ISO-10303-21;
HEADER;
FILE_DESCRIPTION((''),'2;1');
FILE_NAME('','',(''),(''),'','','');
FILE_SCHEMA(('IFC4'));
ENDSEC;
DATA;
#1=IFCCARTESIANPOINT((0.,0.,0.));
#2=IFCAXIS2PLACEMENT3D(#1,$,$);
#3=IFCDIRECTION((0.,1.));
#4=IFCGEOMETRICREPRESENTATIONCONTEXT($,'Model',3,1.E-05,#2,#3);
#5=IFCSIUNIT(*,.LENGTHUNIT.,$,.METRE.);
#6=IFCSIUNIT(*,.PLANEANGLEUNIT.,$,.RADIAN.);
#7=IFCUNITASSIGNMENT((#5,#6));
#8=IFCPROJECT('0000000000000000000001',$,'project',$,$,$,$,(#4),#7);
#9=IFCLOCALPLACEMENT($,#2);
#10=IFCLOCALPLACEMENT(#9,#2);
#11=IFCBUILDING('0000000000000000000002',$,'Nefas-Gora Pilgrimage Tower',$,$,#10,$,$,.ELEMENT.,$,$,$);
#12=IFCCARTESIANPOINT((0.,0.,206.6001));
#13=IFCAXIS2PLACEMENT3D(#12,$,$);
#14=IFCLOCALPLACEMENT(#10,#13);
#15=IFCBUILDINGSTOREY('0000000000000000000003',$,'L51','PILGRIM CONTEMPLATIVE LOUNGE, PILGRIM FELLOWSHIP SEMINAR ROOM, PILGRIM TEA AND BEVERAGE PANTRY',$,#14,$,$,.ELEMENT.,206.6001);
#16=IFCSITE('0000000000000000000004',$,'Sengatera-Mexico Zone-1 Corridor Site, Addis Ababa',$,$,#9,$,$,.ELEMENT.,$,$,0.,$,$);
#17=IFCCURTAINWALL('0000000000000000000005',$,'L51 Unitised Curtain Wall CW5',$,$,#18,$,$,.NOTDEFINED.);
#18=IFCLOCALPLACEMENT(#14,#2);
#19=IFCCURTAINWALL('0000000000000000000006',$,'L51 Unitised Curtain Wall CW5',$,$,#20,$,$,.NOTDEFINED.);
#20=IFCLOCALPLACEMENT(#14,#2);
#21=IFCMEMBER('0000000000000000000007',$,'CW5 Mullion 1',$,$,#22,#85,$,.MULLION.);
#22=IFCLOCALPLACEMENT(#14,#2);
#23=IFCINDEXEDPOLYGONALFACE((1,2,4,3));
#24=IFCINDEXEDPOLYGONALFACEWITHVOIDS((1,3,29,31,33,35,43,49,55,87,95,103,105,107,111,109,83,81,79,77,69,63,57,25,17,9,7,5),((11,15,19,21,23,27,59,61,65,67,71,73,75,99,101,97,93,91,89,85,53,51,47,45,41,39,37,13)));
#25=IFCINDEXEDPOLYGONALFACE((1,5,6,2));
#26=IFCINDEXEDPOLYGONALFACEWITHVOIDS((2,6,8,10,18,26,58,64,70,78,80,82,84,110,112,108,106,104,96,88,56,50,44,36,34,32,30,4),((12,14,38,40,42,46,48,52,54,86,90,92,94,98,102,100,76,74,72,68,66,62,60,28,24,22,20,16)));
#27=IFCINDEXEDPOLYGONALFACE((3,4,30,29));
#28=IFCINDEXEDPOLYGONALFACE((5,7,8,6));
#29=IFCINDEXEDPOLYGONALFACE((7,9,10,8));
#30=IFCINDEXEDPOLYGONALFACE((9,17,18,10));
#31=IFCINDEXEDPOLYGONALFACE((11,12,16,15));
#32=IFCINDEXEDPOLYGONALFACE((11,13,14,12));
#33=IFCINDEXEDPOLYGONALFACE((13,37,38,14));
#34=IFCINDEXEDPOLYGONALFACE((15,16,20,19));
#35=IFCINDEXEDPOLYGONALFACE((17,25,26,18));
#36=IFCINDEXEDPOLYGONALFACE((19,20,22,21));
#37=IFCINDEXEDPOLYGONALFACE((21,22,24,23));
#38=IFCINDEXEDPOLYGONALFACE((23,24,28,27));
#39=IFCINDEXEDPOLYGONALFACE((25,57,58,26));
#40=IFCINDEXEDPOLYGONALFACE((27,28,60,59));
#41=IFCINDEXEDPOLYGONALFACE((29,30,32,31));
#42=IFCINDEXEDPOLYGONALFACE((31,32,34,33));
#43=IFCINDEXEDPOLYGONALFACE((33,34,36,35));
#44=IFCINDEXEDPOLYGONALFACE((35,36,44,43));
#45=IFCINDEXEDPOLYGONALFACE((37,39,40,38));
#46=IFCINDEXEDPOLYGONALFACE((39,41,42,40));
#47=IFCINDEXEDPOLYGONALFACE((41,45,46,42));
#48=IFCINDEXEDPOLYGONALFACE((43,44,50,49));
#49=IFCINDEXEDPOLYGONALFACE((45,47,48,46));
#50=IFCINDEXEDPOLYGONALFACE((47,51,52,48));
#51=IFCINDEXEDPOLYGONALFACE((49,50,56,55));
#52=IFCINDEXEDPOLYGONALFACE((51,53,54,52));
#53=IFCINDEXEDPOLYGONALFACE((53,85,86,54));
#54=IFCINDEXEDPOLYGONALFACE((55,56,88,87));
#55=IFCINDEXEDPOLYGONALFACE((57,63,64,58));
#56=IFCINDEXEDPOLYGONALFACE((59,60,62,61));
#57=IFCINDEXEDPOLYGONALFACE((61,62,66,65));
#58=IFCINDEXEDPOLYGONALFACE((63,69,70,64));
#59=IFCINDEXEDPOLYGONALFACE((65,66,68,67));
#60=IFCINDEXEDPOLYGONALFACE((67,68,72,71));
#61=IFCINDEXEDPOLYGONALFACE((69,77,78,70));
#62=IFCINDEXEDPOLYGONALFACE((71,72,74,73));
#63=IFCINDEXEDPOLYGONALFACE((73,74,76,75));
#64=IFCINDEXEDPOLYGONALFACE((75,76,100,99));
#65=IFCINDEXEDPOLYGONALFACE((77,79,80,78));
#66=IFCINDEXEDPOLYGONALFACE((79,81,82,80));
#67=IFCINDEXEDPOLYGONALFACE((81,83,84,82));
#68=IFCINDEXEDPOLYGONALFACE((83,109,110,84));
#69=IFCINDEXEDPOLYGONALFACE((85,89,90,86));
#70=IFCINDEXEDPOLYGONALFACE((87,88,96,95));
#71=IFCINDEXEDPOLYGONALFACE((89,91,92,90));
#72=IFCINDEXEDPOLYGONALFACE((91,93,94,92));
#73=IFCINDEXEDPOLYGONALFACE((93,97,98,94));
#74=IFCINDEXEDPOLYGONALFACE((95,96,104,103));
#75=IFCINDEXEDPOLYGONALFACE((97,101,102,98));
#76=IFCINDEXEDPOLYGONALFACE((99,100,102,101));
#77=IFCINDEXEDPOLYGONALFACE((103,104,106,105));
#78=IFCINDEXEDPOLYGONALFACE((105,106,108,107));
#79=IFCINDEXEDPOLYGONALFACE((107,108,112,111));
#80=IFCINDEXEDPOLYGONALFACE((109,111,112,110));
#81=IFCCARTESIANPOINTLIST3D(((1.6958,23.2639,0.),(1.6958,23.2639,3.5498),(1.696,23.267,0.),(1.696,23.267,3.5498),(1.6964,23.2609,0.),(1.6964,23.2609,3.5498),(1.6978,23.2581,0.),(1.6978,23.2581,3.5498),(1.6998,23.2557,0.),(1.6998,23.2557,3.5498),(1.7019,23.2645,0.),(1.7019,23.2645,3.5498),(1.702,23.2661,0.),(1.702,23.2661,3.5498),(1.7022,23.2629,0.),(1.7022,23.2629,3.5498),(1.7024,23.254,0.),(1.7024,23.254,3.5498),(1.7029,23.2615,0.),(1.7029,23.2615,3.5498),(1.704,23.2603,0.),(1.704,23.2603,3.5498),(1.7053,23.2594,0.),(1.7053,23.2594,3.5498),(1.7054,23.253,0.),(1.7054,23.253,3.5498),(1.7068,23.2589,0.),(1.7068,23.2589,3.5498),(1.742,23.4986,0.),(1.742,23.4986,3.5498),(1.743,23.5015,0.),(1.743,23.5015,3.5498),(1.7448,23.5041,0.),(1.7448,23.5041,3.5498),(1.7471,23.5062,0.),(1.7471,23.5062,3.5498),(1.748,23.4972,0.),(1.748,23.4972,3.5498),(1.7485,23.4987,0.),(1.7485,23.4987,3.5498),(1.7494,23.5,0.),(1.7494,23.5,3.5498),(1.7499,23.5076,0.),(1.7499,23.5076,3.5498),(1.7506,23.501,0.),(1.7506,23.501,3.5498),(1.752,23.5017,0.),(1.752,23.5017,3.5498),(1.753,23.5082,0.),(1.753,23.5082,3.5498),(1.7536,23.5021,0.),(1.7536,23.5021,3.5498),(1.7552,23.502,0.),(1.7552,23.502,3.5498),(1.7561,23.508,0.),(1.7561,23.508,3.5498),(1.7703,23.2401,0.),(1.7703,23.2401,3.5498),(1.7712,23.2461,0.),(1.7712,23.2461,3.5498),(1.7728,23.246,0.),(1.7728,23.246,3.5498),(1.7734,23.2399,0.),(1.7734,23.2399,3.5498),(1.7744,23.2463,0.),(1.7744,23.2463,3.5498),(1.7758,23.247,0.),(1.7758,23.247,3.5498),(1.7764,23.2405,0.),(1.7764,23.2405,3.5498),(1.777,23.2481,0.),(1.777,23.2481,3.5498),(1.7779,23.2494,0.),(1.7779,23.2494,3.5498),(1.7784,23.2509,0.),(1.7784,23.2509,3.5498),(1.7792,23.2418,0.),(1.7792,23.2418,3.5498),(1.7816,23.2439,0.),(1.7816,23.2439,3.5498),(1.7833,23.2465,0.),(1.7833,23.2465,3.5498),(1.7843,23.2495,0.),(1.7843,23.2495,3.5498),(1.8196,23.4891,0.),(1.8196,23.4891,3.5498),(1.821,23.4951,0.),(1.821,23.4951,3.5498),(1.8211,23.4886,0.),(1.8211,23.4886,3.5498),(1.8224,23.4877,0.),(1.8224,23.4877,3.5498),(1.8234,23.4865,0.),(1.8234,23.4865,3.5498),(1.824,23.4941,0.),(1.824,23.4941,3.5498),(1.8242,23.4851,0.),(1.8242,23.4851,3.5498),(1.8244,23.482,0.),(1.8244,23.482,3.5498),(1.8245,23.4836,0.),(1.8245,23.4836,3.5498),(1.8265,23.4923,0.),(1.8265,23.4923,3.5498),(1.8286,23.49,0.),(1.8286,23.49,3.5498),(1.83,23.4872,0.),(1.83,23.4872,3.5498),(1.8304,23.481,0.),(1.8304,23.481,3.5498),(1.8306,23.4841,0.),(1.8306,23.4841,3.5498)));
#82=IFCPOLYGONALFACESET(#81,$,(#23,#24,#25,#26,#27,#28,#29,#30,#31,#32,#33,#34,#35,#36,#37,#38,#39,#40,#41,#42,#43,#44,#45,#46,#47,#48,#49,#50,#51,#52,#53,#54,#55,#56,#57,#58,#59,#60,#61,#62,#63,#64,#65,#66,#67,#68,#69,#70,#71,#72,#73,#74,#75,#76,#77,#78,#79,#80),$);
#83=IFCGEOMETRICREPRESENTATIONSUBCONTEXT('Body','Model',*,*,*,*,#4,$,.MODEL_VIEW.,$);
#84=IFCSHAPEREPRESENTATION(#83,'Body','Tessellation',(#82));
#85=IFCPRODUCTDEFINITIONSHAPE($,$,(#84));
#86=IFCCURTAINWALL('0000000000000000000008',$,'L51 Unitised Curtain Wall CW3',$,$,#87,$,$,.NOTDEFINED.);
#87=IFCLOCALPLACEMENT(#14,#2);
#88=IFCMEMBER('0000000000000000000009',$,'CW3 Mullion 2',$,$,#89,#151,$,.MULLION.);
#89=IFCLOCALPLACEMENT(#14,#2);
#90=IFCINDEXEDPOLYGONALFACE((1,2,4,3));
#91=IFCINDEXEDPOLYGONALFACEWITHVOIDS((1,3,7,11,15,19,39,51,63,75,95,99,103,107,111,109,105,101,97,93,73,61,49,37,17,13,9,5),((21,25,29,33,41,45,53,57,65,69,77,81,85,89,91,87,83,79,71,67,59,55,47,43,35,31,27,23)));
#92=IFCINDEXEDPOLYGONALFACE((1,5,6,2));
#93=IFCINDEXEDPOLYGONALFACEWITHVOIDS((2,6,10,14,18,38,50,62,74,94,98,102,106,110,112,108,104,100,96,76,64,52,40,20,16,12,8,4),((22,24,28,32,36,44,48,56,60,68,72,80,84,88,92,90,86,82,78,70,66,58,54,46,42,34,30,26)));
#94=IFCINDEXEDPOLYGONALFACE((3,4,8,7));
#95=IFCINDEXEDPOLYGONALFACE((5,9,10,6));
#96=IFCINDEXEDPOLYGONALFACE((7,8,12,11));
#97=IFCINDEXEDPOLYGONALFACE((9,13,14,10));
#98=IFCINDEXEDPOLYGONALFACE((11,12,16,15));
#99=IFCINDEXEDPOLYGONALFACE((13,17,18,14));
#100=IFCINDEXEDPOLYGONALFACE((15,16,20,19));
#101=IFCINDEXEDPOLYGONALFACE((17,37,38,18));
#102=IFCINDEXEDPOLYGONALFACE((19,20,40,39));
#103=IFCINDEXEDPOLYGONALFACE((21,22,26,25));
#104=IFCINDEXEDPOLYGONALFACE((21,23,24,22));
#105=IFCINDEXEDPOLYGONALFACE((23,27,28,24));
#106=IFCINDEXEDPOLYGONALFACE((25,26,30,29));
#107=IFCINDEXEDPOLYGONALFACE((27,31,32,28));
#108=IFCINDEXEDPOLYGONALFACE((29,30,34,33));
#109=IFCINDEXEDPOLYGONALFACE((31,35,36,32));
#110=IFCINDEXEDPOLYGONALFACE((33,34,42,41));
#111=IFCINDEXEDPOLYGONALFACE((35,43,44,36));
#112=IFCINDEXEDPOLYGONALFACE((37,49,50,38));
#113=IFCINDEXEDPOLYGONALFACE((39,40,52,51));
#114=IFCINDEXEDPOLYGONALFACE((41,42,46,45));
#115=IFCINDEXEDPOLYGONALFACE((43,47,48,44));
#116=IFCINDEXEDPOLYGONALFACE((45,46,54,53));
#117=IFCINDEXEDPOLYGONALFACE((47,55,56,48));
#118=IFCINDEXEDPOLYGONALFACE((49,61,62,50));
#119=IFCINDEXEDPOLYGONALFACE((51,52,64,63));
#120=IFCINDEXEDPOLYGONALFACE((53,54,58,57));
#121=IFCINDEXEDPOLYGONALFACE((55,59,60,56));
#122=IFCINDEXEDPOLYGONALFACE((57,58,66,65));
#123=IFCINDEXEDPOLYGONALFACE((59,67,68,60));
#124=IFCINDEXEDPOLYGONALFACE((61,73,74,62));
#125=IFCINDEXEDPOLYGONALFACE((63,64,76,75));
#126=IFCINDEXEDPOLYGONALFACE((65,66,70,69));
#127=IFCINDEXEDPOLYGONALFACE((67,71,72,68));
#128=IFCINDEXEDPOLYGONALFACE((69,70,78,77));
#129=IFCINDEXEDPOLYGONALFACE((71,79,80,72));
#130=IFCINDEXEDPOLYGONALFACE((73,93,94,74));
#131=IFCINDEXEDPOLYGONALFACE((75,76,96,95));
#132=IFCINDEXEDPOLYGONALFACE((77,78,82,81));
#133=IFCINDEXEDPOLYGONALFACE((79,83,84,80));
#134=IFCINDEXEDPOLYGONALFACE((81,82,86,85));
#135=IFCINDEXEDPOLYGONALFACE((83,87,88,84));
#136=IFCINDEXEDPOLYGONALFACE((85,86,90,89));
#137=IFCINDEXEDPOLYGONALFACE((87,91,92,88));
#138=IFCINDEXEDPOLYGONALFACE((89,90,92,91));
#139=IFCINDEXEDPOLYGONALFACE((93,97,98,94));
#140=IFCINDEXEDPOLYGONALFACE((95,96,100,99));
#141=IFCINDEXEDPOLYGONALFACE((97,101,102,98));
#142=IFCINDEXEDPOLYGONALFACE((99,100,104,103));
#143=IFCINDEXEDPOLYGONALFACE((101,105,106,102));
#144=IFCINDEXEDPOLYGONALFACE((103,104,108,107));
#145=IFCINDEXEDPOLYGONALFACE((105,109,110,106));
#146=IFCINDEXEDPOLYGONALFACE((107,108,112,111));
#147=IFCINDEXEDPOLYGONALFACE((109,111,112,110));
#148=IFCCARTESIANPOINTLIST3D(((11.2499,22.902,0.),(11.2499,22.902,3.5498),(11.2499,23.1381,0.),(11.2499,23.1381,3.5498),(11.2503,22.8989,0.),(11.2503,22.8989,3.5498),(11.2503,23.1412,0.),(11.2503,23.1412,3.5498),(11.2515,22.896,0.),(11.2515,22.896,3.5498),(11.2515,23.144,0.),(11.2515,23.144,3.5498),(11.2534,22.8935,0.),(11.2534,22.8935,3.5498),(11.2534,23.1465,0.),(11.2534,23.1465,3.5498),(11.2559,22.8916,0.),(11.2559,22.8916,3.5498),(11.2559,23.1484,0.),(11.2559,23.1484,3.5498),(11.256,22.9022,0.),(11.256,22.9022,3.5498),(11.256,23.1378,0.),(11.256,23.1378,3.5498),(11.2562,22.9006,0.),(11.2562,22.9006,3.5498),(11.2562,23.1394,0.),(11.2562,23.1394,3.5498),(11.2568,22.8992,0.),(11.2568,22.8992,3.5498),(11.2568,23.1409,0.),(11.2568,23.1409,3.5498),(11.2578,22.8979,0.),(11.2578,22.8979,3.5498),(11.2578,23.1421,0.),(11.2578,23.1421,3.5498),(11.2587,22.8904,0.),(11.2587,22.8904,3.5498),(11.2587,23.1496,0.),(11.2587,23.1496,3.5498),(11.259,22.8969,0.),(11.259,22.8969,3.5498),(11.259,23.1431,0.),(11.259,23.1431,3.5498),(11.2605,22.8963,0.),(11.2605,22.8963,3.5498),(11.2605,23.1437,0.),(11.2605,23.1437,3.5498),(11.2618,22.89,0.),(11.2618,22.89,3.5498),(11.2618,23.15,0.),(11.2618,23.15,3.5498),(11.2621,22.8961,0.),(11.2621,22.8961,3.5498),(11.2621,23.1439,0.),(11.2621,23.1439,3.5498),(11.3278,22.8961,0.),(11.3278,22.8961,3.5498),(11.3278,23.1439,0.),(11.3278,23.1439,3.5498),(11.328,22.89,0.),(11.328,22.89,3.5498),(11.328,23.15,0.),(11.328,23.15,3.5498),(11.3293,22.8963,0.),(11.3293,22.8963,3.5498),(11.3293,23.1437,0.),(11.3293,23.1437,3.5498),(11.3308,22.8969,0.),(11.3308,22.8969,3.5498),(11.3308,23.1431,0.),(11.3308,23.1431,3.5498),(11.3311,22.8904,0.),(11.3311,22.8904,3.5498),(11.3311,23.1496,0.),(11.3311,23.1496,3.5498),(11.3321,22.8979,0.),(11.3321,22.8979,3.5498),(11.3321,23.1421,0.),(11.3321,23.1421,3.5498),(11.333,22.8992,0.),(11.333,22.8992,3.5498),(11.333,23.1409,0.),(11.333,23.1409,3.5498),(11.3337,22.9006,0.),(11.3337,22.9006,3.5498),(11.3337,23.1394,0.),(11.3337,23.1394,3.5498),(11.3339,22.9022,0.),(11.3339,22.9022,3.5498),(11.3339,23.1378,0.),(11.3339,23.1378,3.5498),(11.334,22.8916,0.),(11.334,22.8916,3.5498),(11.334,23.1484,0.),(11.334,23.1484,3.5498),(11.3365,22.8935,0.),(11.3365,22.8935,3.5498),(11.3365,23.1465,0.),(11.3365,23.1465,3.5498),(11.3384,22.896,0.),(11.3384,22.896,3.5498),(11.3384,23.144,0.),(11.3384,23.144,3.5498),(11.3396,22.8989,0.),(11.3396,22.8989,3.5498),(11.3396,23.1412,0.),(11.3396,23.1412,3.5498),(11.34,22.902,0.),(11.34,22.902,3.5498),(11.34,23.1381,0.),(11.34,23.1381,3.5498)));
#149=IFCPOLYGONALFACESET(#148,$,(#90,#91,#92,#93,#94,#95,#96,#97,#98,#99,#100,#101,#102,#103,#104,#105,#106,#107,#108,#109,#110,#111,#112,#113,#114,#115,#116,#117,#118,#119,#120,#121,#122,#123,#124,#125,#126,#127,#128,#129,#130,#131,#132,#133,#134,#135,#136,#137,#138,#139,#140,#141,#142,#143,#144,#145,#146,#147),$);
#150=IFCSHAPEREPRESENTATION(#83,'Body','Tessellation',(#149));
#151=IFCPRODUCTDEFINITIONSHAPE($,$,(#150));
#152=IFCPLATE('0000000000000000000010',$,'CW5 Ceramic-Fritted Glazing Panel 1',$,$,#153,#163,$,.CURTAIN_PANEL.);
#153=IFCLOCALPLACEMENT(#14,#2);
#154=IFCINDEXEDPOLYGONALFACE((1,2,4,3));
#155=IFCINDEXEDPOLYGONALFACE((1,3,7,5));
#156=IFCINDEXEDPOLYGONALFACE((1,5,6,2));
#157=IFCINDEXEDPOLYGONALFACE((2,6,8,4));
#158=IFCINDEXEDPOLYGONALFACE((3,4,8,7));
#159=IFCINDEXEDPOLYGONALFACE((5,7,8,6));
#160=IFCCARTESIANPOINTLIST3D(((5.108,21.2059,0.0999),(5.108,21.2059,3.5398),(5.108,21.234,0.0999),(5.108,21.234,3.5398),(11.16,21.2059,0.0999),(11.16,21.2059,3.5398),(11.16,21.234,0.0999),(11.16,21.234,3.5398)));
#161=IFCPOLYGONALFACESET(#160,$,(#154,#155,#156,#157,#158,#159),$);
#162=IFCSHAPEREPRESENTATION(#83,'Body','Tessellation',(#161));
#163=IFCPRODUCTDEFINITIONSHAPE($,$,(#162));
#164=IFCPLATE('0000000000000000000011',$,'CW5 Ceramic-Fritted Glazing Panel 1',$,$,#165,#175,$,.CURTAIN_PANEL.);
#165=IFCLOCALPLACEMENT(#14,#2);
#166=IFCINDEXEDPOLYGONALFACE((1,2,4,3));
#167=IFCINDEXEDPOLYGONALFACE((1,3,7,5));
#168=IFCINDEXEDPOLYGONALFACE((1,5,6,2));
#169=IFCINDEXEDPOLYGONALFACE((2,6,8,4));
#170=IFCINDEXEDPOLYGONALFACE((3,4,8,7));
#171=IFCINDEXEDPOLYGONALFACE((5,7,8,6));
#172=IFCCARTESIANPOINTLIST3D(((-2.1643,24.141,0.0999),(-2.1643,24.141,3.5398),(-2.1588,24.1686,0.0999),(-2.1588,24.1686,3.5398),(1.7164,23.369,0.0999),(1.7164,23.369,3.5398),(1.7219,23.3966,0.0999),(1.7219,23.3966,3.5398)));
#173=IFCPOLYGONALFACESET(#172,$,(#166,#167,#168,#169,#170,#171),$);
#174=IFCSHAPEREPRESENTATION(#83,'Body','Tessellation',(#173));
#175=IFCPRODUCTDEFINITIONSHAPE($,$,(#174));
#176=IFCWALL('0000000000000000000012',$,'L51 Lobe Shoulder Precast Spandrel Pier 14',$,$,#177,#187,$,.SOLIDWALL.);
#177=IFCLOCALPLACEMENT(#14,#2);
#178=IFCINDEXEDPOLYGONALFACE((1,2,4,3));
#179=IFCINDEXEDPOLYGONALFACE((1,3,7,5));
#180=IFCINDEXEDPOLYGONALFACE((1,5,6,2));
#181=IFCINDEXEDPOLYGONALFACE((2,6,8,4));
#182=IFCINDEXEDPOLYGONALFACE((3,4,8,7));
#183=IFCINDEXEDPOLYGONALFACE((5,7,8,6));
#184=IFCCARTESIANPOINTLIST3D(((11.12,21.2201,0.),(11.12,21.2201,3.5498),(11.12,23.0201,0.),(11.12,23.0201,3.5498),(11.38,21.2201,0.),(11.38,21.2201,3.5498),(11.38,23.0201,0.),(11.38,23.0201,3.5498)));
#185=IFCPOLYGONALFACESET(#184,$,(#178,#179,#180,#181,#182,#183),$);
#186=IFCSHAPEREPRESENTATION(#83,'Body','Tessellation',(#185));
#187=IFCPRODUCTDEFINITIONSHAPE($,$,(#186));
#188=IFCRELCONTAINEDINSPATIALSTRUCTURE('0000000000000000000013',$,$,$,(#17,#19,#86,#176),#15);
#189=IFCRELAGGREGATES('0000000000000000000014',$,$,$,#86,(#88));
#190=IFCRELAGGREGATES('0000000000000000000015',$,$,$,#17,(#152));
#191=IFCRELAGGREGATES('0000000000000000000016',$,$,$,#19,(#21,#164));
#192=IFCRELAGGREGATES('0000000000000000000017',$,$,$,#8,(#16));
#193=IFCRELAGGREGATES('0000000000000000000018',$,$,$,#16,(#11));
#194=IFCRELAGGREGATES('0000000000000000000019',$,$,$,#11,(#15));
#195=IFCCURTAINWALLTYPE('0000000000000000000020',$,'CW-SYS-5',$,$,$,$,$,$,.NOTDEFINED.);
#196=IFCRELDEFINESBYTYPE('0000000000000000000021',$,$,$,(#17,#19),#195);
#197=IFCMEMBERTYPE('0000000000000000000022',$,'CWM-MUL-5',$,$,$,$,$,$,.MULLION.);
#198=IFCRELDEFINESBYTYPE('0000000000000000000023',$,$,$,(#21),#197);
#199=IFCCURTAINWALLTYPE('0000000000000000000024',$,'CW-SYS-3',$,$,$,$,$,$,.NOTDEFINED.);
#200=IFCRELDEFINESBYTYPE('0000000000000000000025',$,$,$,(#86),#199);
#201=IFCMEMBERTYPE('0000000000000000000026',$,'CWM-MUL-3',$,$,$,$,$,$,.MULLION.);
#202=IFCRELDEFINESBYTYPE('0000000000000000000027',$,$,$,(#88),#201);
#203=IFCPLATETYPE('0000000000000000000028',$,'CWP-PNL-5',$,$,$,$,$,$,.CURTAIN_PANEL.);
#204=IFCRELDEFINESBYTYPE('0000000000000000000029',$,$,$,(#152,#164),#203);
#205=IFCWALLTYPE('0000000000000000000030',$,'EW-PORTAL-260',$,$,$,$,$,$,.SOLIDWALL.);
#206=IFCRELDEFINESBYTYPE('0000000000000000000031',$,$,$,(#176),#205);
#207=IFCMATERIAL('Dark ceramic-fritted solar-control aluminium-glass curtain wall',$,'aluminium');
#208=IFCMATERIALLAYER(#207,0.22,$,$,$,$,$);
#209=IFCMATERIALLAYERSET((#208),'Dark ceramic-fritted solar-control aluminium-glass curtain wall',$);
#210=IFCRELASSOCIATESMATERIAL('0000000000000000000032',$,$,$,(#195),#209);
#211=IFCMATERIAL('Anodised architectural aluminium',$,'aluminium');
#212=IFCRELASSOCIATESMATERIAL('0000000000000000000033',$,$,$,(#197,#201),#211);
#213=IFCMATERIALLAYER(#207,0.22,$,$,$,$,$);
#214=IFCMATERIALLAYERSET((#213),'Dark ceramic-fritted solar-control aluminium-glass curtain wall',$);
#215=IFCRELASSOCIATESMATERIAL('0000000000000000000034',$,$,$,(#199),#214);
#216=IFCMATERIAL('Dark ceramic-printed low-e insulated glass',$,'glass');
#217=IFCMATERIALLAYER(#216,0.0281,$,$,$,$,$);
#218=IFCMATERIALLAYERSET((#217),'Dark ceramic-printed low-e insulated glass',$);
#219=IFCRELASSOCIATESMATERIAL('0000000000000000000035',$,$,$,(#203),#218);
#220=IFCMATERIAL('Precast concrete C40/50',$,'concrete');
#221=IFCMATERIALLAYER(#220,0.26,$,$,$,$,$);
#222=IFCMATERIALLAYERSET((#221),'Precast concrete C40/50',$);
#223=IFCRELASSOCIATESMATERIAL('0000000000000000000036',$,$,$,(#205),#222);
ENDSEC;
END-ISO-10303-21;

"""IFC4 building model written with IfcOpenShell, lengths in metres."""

from ifc_helpers import new_model, si_unit, direction, frame, frame_2d, origin, origin_2d, place, context, subcontext, project, spatial, rectangle, hollow_rectangle, extrude, source, transform, mapped, material, layer, layer_set, material_profile, profile_set, type_object, element, aggregate, save


model = new_model("IFC4")

# Units and contexts
model_context = context("Model", 3, precision=1e-05, world=origin(), true_north=direction((0.0, 1.0)))
body_context = subcontext(model_context, "Body", "Model", "MODEL_VIEW")
ifc_project = project(units=[si_unit("LENGTHUNIT", "METRE"), si_unit("PLANEANGLEUNIT", "RADIAN")], contexts=[model_context])

# Site, building, storey
site_placement = place(None, origin())
site = spatial("IfcSite", under=ifc_project, at=site_placement, Name="Sengatera-Mexico Zone-1 Corridor Site, Addis Ababa", CompositionType="ELEMENT", RefElevation=0.0)
building_placement = place(site_placement, origin())
building = spatial("IfcBuilding", under=site, at=building_placement, Name="Nefas-Gora Pilgrimage Tower", CompositionType="ELEMENT")
storey_placement = place(building_placement, frame((0.0, 0.0, 206.6001)))
storey = spatial("IfcBuildingStorey", under=building, at=storey_placement, Name="L51", Description="PILGRIM CONTEMPLATIVE LOUNGE, PILGRIM FELLOWSHIP SEMINAR ROOM, PILGRIM TEA AND BEVERAGE PANTRY", CompositionType="ELEMENT", Elevation=206.6001)

# Curtain walls
ifc_material_1 = material(Name="Dark ceramic-fritted solar-control aluminium-glass curtain wall", Category="aluminium")
ifc_layer_1 = layer(ifc_material_1, 0.22)
ifc_layer_set_1 = layer_set([ifc_layer_1], Name="Dark ceramic-fritted solar-control aluminium-glass curtain wall")
curtain_wall_type_1 = type_object("IfcCurtainWallType", Name="CW-SYS-5", PredefinedType="NOTDEFINED", material=ifc_layer_set_1)
curtain_wall_1_placement = place(storey_placement, origin())
curtain_wall_1 = element("IfcCurtainWall", 1, at=curtain_wall_1_placement, inside=storey, type_object=curtain_wall_type_1, Name="L51 Unitised Curtain Wall CW5", PredefinedType="NOTDEFINED")
ifc_material_2 = material(Name="Anodised architectural aluminium", Category="aluminium")
curtain_wall_2_placement = place(storey_placement, origin())
curtain_wall_2 = element("IfcCurtainWall", 2, at=curtain_wall_2_placement, inside=storey, type_object=curtain_wall_type_1, Name="L51 Unitised Curtain Wall CW5", PredefinedType="NOTDEFINED")

# Member
ifc_material_profile_1 = material_profile(ifc_material_2, hollow_rectangle(XDim=0.0901, YDim=0.26, WallThickness=0.0061, InnerFilletRadius=0.0061, OuterFilletRadius=0.012, at=origin_2d()), Name="ALU MULLION 90x260")
ifc_profile_set_1 = profile_set([ifc_material_profile_1], Name="Anodised architectural aluminium")
member_type_1 = type_object("IfcMemberType", Name="CWM-MUL-5", PredefinedType="MULLION", material=ifc_profile_set_1)
shared_shape_1 = source(origin(), body_context, "Body", "SweptSolid", [
    extrude(hollow_rectangle(XDim=0.0901, YDim=0.26, WallThickness=0.0061, InnerFilletRadius=0.0061, OuterFilletRadius=0.012, at=origin_2d()), origin(), (0.0, 0.0, 1.0), 3.5498),
])
member_1_placement = place(storey_placement, frame((1.7632, 23.374, 0.0), z_axis=(0.0, 0.0, 1.0), x_axis=(-0.980783, 0.195102, 0.0)))
member_1 = element("IfcMember", 3, at=member_1_placement, type_object=member_type_1, Name="CW5 Mullion 1", PredefinedType="MULLION", context=body_context, shape_type="MappedRepresentation", body=[
    mapped(shared_shape_1, transform((0.0, 0.0, 0.0), x_axis=(1.0, 0.0, 0.0), y_axis=(0.0, 1.0, 0.0), z_axis=(0.0, 0.0, 1.0), scale=1.0)),
])

# Curtain wall, member
ifc_layer_2 = layer(ifc_material_1, 0.22)
ifc_layer_set_2 = layer_set([ifc_layer_2], Name="Dark ceramic-fritted solar-control aluminium-glass curtain wall")
curtain_wall_type_2 = type_object("IfcCurtainWallType", Name="CW-SYS-3", PredefinedType="NOTDEFINED", material=ifc_layer_set_2)
curtain_wall_3_placement = place(storey_placement, origin())
curtain_wall_3 = element("IfcCurtainWall", 4, at=curtain_wall_3_placement, inside=storey, type_object=curtain_wall_type_2, Name="L51 Unitised Curtain Wall CW3", PredefinedType="NOTDEFINED")
ifc_material_profile_2 = material_profile(ifc_material_2, hollow_rectangle(XDim=0.0901, YDim=0.26, WallThickness=0.0061, InnerFilletRadius=0.0061, OuterFilletRadius=0.012, at=origin_2d()), Name="ALU MULLION 90x260")
ifc_profile_set_2 = profile_set([ifc_material_profile_2], Name="Anodised architectural aluminium")
member_type_2 = type_object("IfcMemberType", Name="CWM-MUL-3", PredefinedType="MULLION", material=ifc_profile_set_2)
shared_shape_2 = source(origin(), body_context, "Body", "SweptSolid", [
    extrude(hollow_rectangle(XDim=0.0901, YDim=0.26, WallThickness=0.0061, InnerFilletRadius=0.0061, OuterFilletRadius=0.012, at=origin_2d()), origin(), (0.0, 0.0, 1.0), 3.5498),
])
member_2_placement = place(storey_placement, frame((11.2949, 23.02, 0.0), z_axis=(0.0, 0.0, 1.0), x_axis=(-1.0, 0.0, 0.0)))
member_2 = element("IfcMember", 5, at=member_2_placement, type_object=member_type_2, Name="CW3 Mullion 2", PredefinedType="MULLION", context=body_context, shape_type="MappedRepresentation", body=[
    mapped(shared_shape_2, transform((0.0, 0.0, 0.0), x_axis=(1.0, 0.0, 0.0), y_axis=(0.0, 1.0, 0.0), z_axis=(0.0, 0.0, 1.0), scale=1.0)),
])
aggregate(curtain_wall_3, [member_2])

# Plates
ifc_material_3 = material(Name="Dark ceramic-printed low-e insulated glass", Category="glass")
ifc_layer_3 = layer(ifc_material_3, 0.0281)
ifc_layer_set_3 = layer_set([ifc_layer_3], Name="Dark ceramic-printed low-e insulated glass")
plate_type = type_object("IfcPlateType", Name="CWP-PNL-5", PredefinedType="CURTAIN_PANEL", material=ifc_layer_set_3)
shared_shape_3 = source(origin(), body_context, "Body", "SweptSolid", [
    extrude(rectangle(XDim=6.052, YDim=0.0281, at=origin_2d()), origin(), (0.0, 0.0, 1.0), 3.4399),
])
plate_1_placement = place(storey_placement, frame((8.134, 21.22, 0.0999), z_axis=(0.0, 0.0, 1.0), x_axis=(-1.0, 0.0, 0.0)))
plate_1 = element("IfcPlate", 6, at=plate_1_placement, type_object=plate_type, Name="CW5 Ceramic-Fritted Glazing Panel 1", PredefinedType="CURTAIN_PANEL", context=body_context, shape_type="MappedRepresentation", body=[
    mapped(shared_shape_3, transform((0.0, 0.0, 0.0), x_axis=(1.0, 0.0, 0.0), y_axis=(0.0, 1.0, 0.0), z_axis=(0.0, 0.0, 1.0), scale=1.0)),
])
aggregate(curtain_wall_1, [plate_1])
shared_shape_4 = source(origin(), body_context, "Body", "SweptSolid", [
    extrude(rectangle(XDim=3.9568, YDim=0.0281, at=origin_2d()), origin(), (0.0, 0.0, 1.0), 3.4399),
])
plate_2_placement = place(storey_placement, frame((-0.2212, 23.7688, 0.0999), z_axis=(0.0, 0.0, 1.0), x_axis=(-0.980783, 0.195102, 0.0)))
plate_2 = element("IfcPlate", 7, at=plate_2_placement, type_object=plate_type, Name="CW5 Ceramic-Fritted Glazing Panel 1", PredefinedType="CURTAIN_PANEL", context=body_context, shape_type="MappedRepresentation", body=[
    mapped(shared_shape_4, transform((0.0, 0.0, 0.0), x_axis=(1.0, 0.0, 0.0), y_axis=(0.0, 1.0, 0.0), z_axis=(0.0, 0.0, 1.0), scale=1.0)),
])
aggregate(curtain_wall_2, [member_1, plate_2])

# Wall
ifc_material_4 = material(Name="Precast concrete C40/50", Category="concrete")
ifc_layer_4 = layer(ifc_material_4, 0.26)
ifc_layer_set_4 = layer_set([ifc_layer_4], Name="Precast concrete C40/50")
wall_type_1 = type_object("IfcWallType", Name="EW-PORTAL-260", PredefinedType="SOLIDWALL", material=ifc_layer_set_4)
shared_shape_5 = source(origin(), body_context, "Body", "SweptSolid", [
    extrude(rectangle(XDim=1.8, YDim=0.26, at=frame_2d((0.8999, 0.0))), origin(), (0.0, 0.0, 1.0), 3.5498),
])
wall_1_placement = place(storey_placement, frame((11.25, 23.02, 0.0), z_axis=(0.0, 0.0, 1.0), x_axis=(0.0, -1.0, 0.0)))
element("IfcWall", 8, at=wall_1_placement, inside=storey, type_object=wall_type_1, Name="L51 Lobe Shoulder Precast Spandrel Pier 14", PredefinedType="SOLIDWALL", context=body_context, shape_type="MappedRepresentation", body=[
    mapped(shared_shape_5, transform((0.0, 0.0, 0.0), x_axis=(1.0, 0.0, 0.0), y_axis=(0.0, 1.0, 0.0), z_axis=(0.0, 0.0, 1.0), scale=1.0)),
])

save(model, "model.ifc")
